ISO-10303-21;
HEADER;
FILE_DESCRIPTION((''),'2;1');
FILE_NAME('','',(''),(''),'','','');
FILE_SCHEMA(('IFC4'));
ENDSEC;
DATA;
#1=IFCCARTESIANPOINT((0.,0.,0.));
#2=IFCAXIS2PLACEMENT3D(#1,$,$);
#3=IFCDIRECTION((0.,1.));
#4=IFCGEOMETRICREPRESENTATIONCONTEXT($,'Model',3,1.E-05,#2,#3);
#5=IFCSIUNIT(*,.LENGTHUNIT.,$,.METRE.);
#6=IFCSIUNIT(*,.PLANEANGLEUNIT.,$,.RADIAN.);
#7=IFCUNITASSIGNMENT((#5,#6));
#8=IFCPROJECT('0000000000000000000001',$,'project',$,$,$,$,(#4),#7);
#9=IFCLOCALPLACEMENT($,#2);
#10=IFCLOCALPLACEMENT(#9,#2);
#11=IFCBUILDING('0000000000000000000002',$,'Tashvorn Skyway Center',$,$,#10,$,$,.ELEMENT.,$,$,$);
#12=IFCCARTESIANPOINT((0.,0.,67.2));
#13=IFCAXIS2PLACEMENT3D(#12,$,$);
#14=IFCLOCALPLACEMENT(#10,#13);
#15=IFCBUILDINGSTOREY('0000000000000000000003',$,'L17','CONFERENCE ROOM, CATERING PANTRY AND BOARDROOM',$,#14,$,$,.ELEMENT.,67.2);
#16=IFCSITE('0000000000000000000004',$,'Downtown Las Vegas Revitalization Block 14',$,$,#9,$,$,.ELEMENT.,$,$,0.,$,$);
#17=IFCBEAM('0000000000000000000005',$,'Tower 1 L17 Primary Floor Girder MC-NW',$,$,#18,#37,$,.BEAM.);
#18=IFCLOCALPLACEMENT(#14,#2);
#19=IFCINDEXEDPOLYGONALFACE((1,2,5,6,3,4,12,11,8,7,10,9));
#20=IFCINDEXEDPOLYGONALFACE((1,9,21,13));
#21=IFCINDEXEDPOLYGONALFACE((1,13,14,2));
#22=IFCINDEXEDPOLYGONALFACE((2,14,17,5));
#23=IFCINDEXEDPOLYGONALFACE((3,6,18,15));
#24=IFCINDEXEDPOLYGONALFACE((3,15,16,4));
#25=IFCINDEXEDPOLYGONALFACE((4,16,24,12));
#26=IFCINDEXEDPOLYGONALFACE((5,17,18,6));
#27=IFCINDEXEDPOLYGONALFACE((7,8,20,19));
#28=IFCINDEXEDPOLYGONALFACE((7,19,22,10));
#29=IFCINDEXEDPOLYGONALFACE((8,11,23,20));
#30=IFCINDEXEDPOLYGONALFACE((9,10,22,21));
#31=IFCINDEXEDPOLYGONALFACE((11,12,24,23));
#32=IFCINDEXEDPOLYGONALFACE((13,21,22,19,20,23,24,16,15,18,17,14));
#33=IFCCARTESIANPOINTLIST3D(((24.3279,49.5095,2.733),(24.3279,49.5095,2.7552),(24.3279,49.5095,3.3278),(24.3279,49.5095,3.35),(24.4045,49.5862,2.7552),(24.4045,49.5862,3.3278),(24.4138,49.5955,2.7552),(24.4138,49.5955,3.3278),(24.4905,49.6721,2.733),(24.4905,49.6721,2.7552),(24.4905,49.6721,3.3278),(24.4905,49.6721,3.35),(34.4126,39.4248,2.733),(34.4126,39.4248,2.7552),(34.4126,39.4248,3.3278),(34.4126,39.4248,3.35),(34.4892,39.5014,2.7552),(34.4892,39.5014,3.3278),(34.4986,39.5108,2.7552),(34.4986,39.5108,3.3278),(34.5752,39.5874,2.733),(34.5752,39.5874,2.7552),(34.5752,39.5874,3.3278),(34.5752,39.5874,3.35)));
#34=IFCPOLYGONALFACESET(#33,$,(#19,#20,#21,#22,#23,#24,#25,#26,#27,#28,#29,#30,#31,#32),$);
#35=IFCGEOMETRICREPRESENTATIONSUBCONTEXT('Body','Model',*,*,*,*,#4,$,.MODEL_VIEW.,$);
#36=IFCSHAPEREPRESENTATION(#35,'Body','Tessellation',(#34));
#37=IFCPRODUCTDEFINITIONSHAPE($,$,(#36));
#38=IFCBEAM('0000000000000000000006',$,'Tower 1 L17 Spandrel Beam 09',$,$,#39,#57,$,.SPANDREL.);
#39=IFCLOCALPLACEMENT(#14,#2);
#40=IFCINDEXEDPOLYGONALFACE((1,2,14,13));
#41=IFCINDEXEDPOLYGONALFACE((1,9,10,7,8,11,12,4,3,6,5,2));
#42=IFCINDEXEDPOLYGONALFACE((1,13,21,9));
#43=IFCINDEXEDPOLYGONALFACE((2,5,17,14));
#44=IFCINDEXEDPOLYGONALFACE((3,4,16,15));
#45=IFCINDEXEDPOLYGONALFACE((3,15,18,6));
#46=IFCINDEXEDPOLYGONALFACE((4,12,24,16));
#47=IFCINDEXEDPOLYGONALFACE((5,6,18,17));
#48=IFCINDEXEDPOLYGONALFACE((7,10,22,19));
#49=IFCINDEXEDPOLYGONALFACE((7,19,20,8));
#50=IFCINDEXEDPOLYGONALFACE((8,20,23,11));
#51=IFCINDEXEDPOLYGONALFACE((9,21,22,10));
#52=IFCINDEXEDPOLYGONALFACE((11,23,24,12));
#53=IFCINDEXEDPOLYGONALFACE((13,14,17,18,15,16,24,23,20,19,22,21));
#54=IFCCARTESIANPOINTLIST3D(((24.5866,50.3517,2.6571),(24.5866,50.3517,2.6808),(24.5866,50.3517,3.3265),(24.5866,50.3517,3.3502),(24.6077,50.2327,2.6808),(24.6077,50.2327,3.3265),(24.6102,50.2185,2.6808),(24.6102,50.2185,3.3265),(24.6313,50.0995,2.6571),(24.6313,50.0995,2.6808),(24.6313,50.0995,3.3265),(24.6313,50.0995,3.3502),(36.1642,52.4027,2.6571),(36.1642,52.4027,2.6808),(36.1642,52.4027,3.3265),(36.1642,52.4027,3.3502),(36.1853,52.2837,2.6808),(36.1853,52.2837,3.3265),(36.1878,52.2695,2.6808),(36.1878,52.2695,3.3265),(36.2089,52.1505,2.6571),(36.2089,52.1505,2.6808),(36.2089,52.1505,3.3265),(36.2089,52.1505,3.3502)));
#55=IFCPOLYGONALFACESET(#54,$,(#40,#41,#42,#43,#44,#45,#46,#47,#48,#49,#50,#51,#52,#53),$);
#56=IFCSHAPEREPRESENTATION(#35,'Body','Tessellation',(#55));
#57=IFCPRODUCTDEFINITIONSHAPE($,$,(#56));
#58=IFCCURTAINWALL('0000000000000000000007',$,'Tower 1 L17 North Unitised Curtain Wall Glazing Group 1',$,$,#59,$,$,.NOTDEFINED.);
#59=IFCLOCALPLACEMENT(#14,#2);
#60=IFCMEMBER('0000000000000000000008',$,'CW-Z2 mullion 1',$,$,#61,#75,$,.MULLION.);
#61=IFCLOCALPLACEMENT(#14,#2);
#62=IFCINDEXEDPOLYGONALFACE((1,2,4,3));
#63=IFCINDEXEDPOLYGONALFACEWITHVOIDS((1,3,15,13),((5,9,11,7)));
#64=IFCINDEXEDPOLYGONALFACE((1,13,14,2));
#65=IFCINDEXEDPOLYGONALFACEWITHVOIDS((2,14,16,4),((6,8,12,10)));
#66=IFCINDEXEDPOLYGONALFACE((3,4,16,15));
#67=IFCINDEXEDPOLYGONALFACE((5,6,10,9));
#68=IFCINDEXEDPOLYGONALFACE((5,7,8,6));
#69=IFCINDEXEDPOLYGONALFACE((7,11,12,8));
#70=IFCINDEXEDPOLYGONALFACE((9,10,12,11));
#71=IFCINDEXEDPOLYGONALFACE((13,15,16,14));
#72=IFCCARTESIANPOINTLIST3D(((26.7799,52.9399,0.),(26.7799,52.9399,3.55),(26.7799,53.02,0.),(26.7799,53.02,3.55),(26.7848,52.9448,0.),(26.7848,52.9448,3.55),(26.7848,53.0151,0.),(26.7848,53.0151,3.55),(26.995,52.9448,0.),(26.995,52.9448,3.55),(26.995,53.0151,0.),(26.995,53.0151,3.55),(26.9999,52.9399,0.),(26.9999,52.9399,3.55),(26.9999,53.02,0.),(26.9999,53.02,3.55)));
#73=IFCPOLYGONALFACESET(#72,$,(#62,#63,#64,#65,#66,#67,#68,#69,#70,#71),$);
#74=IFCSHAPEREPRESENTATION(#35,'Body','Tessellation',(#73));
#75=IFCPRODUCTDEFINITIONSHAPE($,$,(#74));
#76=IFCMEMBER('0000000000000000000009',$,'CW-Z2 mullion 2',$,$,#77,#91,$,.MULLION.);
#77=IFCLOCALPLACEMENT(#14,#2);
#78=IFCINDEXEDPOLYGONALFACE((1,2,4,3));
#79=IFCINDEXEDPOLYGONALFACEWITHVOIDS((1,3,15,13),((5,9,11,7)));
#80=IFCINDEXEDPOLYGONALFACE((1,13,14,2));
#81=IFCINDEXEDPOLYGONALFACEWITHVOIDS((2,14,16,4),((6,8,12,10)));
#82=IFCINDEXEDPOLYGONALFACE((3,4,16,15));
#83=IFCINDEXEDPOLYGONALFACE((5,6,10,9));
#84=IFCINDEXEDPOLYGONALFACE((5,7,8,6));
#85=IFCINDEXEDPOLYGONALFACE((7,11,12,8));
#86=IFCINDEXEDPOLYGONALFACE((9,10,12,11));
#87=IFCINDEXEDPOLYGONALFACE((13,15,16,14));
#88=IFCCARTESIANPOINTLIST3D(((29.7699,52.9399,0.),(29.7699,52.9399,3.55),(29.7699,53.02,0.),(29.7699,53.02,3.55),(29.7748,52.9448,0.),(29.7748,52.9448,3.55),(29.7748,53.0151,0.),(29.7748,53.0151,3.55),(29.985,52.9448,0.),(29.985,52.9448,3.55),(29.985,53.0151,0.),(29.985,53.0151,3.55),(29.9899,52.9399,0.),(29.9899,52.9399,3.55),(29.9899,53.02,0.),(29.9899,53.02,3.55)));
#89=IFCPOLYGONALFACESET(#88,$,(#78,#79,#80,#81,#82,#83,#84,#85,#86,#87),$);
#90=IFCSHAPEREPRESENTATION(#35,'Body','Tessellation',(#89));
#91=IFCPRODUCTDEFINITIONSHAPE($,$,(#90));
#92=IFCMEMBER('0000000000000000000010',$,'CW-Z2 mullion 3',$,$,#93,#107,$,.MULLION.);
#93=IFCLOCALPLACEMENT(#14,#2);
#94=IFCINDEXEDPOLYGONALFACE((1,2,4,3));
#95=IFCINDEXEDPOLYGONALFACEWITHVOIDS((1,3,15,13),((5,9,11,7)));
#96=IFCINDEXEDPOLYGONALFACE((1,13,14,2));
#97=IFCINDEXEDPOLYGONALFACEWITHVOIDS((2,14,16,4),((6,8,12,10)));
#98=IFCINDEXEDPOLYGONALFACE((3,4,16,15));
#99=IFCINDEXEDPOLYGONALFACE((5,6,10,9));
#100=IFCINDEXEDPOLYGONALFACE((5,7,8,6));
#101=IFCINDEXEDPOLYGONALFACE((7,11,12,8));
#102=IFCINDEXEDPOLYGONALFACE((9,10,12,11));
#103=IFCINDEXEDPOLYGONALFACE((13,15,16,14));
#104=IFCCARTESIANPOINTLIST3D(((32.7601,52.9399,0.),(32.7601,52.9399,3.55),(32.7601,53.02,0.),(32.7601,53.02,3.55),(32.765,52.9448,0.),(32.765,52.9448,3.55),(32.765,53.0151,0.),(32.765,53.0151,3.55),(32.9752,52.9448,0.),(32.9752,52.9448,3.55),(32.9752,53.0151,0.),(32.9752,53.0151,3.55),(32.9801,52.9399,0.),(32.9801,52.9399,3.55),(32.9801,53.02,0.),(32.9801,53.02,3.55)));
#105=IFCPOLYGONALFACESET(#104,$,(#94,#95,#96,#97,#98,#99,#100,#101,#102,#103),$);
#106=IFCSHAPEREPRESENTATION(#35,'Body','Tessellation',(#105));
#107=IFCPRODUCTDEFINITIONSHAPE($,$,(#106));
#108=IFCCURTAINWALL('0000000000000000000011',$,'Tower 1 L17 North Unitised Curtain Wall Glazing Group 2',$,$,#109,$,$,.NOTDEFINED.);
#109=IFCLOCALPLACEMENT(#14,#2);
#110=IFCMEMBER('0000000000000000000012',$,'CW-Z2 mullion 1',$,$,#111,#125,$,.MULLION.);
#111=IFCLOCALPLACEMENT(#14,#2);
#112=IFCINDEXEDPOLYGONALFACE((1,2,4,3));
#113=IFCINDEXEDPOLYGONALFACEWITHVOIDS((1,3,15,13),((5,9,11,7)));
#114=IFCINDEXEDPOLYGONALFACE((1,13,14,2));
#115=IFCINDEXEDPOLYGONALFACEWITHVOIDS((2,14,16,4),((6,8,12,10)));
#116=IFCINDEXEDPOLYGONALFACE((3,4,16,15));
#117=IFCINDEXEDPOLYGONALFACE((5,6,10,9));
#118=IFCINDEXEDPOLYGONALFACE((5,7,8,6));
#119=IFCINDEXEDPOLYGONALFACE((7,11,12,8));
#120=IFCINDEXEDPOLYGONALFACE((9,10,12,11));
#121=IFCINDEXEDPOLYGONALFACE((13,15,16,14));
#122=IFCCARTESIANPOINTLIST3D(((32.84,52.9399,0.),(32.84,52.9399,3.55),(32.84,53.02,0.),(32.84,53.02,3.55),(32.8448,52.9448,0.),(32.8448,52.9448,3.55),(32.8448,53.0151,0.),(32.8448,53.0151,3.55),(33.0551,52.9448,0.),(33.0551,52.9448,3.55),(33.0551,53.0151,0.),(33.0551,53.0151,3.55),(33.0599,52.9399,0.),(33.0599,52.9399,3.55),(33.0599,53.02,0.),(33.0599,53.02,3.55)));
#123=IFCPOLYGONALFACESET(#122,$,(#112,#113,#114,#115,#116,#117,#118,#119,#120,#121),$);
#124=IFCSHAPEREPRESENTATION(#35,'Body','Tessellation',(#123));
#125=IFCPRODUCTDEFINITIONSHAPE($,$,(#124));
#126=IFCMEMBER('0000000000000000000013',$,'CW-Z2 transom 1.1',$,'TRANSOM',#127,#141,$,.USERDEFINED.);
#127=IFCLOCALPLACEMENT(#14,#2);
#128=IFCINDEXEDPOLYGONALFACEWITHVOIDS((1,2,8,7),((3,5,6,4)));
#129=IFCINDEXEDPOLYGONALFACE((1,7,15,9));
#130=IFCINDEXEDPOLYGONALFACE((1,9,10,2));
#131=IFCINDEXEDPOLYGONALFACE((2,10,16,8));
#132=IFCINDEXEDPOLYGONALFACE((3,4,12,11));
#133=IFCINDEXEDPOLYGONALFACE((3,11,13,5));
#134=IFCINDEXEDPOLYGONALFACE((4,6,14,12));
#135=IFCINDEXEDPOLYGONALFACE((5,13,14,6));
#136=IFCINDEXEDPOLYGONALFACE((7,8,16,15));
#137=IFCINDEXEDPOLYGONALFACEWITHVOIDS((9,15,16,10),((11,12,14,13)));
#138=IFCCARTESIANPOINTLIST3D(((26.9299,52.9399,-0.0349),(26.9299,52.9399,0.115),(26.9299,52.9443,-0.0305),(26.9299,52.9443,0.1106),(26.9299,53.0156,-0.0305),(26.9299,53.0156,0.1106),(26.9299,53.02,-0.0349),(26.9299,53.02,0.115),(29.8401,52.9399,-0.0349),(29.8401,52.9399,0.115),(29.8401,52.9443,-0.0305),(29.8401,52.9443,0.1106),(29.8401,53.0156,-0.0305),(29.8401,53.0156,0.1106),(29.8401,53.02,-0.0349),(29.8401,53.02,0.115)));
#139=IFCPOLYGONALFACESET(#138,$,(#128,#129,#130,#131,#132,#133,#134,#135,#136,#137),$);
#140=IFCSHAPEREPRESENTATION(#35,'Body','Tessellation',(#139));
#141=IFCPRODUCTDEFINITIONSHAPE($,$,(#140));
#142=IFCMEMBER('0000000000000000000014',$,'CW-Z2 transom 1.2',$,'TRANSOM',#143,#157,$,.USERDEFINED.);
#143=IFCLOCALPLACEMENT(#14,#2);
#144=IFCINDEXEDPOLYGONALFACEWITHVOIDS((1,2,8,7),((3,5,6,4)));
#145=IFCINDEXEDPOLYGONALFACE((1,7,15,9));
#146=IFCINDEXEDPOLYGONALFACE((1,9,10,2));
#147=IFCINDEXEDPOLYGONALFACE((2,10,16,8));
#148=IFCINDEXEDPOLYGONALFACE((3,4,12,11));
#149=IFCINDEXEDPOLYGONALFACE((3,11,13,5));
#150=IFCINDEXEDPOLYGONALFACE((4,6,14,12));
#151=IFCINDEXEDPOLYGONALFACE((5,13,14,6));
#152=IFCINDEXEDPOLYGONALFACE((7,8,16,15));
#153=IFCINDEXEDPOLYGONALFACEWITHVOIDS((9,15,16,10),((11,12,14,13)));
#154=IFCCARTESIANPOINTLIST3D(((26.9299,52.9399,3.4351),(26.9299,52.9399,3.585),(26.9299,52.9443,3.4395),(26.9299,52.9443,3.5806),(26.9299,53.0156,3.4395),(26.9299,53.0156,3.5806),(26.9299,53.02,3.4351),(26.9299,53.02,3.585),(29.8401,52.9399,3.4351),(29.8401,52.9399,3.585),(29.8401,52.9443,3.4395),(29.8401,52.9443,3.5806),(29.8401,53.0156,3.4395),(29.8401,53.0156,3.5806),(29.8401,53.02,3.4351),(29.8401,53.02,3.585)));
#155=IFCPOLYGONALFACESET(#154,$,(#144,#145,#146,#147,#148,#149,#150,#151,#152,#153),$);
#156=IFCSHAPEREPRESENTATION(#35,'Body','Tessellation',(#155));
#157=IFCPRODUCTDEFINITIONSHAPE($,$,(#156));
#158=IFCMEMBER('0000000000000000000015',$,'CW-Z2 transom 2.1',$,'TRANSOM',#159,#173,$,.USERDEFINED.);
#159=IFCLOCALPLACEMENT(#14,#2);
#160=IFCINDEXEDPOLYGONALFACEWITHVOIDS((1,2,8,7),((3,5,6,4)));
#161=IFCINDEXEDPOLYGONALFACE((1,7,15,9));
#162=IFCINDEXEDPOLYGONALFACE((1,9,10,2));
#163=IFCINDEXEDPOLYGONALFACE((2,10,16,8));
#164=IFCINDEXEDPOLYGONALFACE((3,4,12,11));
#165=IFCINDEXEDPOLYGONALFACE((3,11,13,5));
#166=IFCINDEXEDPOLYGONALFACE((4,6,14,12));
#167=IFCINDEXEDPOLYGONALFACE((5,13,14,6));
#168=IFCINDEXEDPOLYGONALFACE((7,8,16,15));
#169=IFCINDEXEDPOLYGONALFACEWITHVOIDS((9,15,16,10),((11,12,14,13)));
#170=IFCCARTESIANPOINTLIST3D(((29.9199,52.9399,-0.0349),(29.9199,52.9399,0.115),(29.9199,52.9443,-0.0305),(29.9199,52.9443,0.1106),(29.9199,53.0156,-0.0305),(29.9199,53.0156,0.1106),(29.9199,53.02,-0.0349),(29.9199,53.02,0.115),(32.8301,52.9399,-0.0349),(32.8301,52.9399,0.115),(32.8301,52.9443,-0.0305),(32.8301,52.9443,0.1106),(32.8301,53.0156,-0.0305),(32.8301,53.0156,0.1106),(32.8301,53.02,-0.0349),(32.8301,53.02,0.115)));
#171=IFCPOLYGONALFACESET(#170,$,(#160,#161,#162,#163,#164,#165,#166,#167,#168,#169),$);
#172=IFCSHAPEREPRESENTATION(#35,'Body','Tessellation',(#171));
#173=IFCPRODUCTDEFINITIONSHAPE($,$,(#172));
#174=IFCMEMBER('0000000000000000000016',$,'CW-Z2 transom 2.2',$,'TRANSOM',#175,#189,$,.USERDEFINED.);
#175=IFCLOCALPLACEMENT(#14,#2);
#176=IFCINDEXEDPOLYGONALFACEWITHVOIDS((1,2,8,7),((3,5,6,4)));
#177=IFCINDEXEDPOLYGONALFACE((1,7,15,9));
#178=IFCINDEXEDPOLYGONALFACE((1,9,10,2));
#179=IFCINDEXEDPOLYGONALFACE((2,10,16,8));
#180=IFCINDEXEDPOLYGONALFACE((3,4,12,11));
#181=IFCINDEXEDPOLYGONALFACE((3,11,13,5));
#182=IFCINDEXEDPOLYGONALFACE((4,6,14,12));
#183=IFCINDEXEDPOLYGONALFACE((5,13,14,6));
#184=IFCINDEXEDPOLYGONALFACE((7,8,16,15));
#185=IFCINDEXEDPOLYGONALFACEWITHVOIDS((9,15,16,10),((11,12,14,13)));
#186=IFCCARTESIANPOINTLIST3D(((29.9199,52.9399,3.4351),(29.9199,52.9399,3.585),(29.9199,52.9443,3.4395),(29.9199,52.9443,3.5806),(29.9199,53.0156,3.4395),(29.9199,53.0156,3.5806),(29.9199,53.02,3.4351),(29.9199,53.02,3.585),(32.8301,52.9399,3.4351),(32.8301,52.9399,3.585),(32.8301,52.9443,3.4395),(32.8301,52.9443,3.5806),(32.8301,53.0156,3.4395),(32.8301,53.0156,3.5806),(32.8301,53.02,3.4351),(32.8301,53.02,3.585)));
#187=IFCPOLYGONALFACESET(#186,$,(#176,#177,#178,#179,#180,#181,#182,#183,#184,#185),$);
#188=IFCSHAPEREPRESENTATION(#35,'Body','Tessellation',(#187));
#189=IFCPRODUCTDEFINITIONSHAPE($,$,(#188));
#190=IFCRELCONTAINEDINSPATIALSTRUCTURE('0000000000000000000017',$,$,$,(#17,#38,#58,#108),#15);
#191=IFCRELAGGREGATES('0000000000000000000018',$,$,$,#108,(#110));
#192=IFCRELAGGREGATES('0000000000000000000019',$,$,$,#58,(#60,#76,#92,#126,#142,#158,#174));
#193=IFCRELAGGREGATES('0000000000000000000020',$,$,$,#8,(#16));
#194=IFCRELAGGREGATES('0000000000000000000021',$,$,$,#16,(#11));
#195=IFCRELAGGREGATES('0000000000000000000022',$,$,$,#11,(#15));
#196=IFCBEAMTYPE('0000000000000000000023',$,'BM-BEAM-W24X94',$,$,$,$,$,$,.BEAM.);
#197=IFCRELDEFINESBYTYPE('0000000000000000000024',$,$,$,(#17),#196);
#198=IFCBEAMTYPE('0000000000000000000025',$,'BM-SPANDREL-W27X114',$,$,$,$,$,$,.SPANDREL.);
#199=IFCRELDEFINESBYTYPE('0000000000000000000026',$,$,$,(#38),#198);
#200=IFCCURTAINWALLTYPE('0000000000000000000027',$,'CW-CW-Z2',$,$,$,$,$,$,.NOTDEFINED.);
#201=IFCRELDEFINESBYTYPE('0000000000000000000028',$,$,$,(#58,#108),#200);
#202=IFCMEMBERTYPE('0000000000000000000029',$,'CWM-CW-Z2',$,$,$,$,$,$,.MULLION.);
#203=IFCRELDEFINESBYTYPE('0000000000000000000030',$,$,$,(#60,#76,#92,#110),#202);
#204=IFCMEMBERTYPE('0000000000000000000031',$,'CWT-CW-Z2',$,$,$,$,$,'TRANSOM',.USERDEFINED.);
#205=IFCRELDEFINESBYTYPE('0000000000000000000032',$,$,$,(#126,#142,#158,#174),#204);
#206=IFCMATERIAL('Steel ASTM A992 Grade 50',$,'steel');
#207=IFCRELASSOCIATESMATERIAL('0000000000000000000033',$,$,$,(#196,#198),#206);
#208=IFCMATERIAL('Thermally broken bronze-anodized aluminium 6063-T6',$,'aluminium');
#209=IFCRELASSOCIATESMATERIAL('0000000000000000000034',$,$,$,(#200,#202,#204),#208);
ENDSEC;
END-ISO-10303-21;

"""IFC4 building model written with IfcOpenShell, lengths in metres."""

from ifc_helpers import new_model, si_unit, direction, frame, origin, origin_2d, place, context, subcontext, project, spatial, hollow_rectangle, i_section, extrude, material, material_profile, profile_set, type_object, element, aggregate, save


model = new_model("IFC4")

# Units and contexts
model_context = context("Model", 3, precision=1e-05, world=origin(), true_north=direction((0.0, 1.0)))
body_context = subcontext(model_context, "Body", "Model", "MODEL_VIEW")
ifc_project = project(units=[si_unit("LENGTHUNIT", "METRE"), si_unit("PLANEANGLEUNIT", "RADIAN")], contexts=[model_context])

# Site, building, storey
site_placement = place(None, origin())
site = spatial("IfcSite", under=ifc_project, at=site_placement, Name="Downtown Las Vegas Revitalization Block 14", CompositionType="ELEMENT", RefElevation=0.0)
building_placement = place(site_placement, origin())
building = spatial("IfcBuilding", under=site, at=building_placement, Name="Tashvorn Skyway Center", CompositionType="ELEMENT")
storey_placement = place(building_placement, frame((0.0, 0.0, 67.2)))
storey = spatial("IfcBuildingStorey", under=building, at=storey_placement, Name="L17", Description="CONFERENCE ROOM, CATERING PANTRY AND BOARDROOM", CompositionType="ELEMENT", Elevation=67.2)

# Beams
ifc_material_1 = material(Name="Steel ASTM A992 Grade 50", Category="steel")
ifc_material_profile_1 = material_profile(ifc_material_1, i_section(OverallWidth=0.23, OverallDepth=0.6169, WebThickness=0.0132, FlangeThickness=0.0222, at=origin_2d()), Name="W24X94")
ifc_profile_set_1 = profile_set([ifc_material_profile_1], Name="Steel ASTM A992 Grade 50")
beam_type_1 = type_object("IfcBeamType", Name="BM-BEAM-W24X94", PredefinedType="BEAM", material=ifc_profile_set_1)
beam_1_placement = place(storey_placement, frame((24.4092, 49.5908, 3.0415), z_axis=(0.707107, -0.707107, 0.0), x_axis=(0.707107, 0.707107, 0.0)))
element("IfcBeam", 1, at=beam_1_placement, inside=storey, type_object=beam_type_1, Name="Tower 1 L17 Primary Floor Girder MC-NW", PredefinedType="BEAM", context=body_context, shape_type="SweptSolid", body=[
    extrude(i_section(OverallWidth=0.23, OverallDepth=0.6169, WebThickness=0.0132, FlangeThickness=0.0222, at=origin_2d()), origin(), (0.0, 0.0, 1.0), 14.262),
])
ifc_material_profile_2 = material_profile(ifc_material_1, i_section(OverallWidth=0.2561, OverallDepth=0.6931, WebThickness=0.0144, FlangeThickness=0.0237, at=origin_2d()), Name="W27X114")
ifc_profile_set_2 = profile_set([ifc_material_profile_2], Name="Steel ASTM A992 Grade 50")
beam_type_2 = type_object("IfcBeamType", Name="BM-SPANDREL-W27X114", PredefinedType="SPANDREL", material=ifc_profile_set_2)
beam_2_placement = place(storey_placement, frame((36.1865, 52.2766, 3.0037), z_axis=(-0.984668, -0.174438, 0.0), x_axis=(0.174438, -0.984668, 0.0)))
element("IfcBeam", 2, at=beam_2_placement, inside=storey, type_object=beam_type_2, Name="Tower 1 L17 Spandrel Beam 09", PredefinedType="SPANDREL", context=body_context, shape_type="SweptSolid", body=[
    extrude(i_section(OverallWidth=0.2561, OverallDepth=0.6931, WebThickness=0.0144, FlangeThickness=0.0237, at=origin_2d()), origin(), (0.0, 0.0, 1.0), 11.7578),
])

# Curtain wall, members
ifc_material_2 = material(Name="Thermally broken bronze-anodized aluminium 6063-T6", Category="aluminium")
curtain_wall_type = type_object("IfcCurtainWallType", Name="CW-CW-Z2", PredefinedType="NOTDEFINED", material=ifc_material_2)
curtain_wall_1_placement = place(storey_placement, origin())
curtain_wall_1 = element("IfcCurtainWall", 3, at=curtain_wall_1_placement, inside=storey, type_object=curtain_wall_type, Name="Tower 1 L17 North Unitised Curtain Wall Glazing Group 1", PredefinedType="NOTDEFINED")
ifc_material_profile_3 = material_profile(ifc_material_2, hollow_rectangle(XDim=0.0801, YDim=0.22, WallThickness=0.0049, at=origin_2d()), Name="ALU-MULL-80x220")
ifc_profile_set_3 = profile_set([ifc_material_profile_3], Name="Thermally broken bronze-anodized aluminium 6063-T6")
member_type_1 = type_object("IfcMemberType", Name="CWM-CW-Z2", PredefinedType="MULLION", material=ifc_profile_set_3)
member_1_placement = place(storey_placement, frame((26.8899, 52.98, 0.0), z_axis=(0.0, 0.0, 1.0), x_axis=(0.0, 1.0, 0.0)))
member_1 = element("IfcMember", 4, at=member_1_placement, type_object=member_type_1, Name="CW-Z2 mullion 1", PredefinedType="MULLION", context=body_context, shape_type="SweptSolid", body=[
    extrude(hollow_rectangle(XDim=0.0801, YDim=0.22, WallThickness=0.0049, at=origin_2d()), origin(), (0.0, 0.0, 1.0), 3.55),
])
member_2_placement = place(storey_placement, frame((29.8799, 52.98, 0.0), z_axis=(0.0, 0.0, 1.0), x_axis=(0.0, 1.0, 0.0)))
member_2 = element("IfcMember", 5, at=member_2_placement, type_object=member_type_1, Name="CW-Z2 mullion 2", PredefinedType="MULLION", context=body_context, shape_type="SweptSolid", body=[
    extrude(hollow_rectangle(XDim=0.0801, YDim=0.22, WallThickness=0.0049, at=origin_2d()), origin(), (0.0, 0.0, 1.0), 3.55),
])
member_3_placement = place(storey_placement, frame((32.8701, 52.98, 0.0), z_axis=(0.0, 0.0, 1.0), x_axis=(0.0, 1.0, 0.0)))
member_3 = element("IfcMember", 6, at=member_3_placement, type_object=member_type_1, Name="CW-Z2 mullion 3", PredefinedType="MULLION", context=body_context, shape_type="SweptSolid", body=[
    extrude(hollow_rectangle(XDim=0.0801, YDim=0.22, WallThickness=0.0049, at=origin_2d()), origin(), (0.0, 0.0, 1.0), 3.55),
])

# Curtain wall, member
curtain_wall_2_placement = place(storey_placement, origin())
curtain_wall_2 = element("IfcCurtainWall", 7, at=curtain_wall_2_placement, inside=storey, type_object=curtain_wall_type, Name="Tower 1 L17 North Unitised Curtain Wall Glazing Group 2", PredefinedType="NOTDEFINED")
member_4_placement = place(storey_placement, frame((32.95, 52.98, 0.0), z_axis=(0.0, 0.0, 1.0), x_axis=(0.0, 1.0, 0.0)))
member_4 = element("IfcMember", 8, at=member_4_placement, type_object=member_type_1, Name="CW-Z2 mullion 1", PredefinedType="MULLION", context=body_context, shape_type="SweptSolid", body=[
    extrude(hollow_rectangle(XDim=0.0801, YDim=0.22, WallThickness=0.0049, at=origin_2d()), origin(), (0.0, 0.0, 1.0), 3.55),
])

# Members
ifc_material_profile_4 = material_profile(ifc_material_2, hollow_rectangle(XDim=0.0801, YDim=0.1499, WallThickness=0.0044, at=origin_2d()), Name="ALU-TRAN-80x150")
ifc_profile_set_4 = profile_set([ifc_material_profile_4], Name="Thermally broken bronze-anodized aluminium 6063-T6")
member_type_2 = type_object("IfcMemberType", Name="CWT-CW-Z2", ElementType="TRANSOM", PredefinedType="USERDEFINED", material=ifc_profile_set_4)
member_5_placement = place(storey_placement, frame((26.9299, 52.98, 0.04), z_axis=(1.0, 0.0, 0.0), x_axis=(0.0, 1.0, 0.0)))
member_5 = element("IfcMember", 9, at=member_5_placement, type_object=member_type_2, Name="CW-Z2 transom 1.1", ObjectType="TRANSOM", PredefinedType="USERDEFINED", context=body_context, shape_type="SweptSolid", body=[
    extrude(hollow_rectangle(XDim=0.0801, YDim=0.1499, WallThickness=0.0044, at=origin_2d()), origin(), (0.0, 0.0, 1.0), 2.9102),
])
member_6_placement = place(storey_placement, frame((26.9299, 52.98, 3.51), z_axis=(1.0, 0.0, 0.0), x_axis=(0.0, 1.0, 0.0)))
member_6 = element("IfcMember", 10, at=member_6_placement, type_object=member_type_2, Name="CW-Z2 transom 1.2", ObjectType="TRANSOM", PredefinedType="USERDEFINED", context=body_context, shape_type="SweptSolid", body=[
    extrude(hollow_rectangle(XDim=0.0801, YDim=0.1499, WallThickness=0.0044, at=origin_2d()), origin(), (0.0, 0.0, 1.0), 2.9102),
])
member_7_placement = place(storey_placement, frame((29.9199, 52.98, 0.04), z_axis=(1.0, 0.0, 0.0), x_axis=(0.0, 1.0, 0.0)))
member_7 = element("IfcMember", 11, at=member_7_placement, type_object=member_type_2, Name="CW-Z2 transom 2.1", ObjectType="TRANSOM", PredefinedType="USERDEFINED", context=body_context, shape_type="SweptSolid", body=[
    extrude(hollow_rectangle(XDim=0.0801, YDim=0.1499, WallThickness=0.0044, at=origin_2d()), origin(), (0.0, 0.0, 1.0), 2.9102),
])
member_8_placement = place(storey_placement, frame((29.9199, 52.98, 3.51), z_axis=(1.0, 0.0, 0.0), x_axis=(0.0, 1.0, 0.0)))
member_8 = element("IfcMember", 12, at=member_8_placement, type_object=member_type_2, Name="CW-Z2 transom 2.2", ObjectType="TRANSOM", PredefinedType="USERDEFINED", context=body_context, shape_type="SweptSolid", body=[
    extrude(hollow_rectangle(XDim=0.0801, YDim=0.1499, WallThickness=0.0044, at=origin_2d()), origin(), (0.0, 0.0, 1.0), 2.9102),
])
aggregate(curtain_wall_2, [member_4])

aggregate(curtain_wall_1, [member_1, member_2, member_3, member_5, member_6, member_7, member_8])

save(model, "model.ifc")
